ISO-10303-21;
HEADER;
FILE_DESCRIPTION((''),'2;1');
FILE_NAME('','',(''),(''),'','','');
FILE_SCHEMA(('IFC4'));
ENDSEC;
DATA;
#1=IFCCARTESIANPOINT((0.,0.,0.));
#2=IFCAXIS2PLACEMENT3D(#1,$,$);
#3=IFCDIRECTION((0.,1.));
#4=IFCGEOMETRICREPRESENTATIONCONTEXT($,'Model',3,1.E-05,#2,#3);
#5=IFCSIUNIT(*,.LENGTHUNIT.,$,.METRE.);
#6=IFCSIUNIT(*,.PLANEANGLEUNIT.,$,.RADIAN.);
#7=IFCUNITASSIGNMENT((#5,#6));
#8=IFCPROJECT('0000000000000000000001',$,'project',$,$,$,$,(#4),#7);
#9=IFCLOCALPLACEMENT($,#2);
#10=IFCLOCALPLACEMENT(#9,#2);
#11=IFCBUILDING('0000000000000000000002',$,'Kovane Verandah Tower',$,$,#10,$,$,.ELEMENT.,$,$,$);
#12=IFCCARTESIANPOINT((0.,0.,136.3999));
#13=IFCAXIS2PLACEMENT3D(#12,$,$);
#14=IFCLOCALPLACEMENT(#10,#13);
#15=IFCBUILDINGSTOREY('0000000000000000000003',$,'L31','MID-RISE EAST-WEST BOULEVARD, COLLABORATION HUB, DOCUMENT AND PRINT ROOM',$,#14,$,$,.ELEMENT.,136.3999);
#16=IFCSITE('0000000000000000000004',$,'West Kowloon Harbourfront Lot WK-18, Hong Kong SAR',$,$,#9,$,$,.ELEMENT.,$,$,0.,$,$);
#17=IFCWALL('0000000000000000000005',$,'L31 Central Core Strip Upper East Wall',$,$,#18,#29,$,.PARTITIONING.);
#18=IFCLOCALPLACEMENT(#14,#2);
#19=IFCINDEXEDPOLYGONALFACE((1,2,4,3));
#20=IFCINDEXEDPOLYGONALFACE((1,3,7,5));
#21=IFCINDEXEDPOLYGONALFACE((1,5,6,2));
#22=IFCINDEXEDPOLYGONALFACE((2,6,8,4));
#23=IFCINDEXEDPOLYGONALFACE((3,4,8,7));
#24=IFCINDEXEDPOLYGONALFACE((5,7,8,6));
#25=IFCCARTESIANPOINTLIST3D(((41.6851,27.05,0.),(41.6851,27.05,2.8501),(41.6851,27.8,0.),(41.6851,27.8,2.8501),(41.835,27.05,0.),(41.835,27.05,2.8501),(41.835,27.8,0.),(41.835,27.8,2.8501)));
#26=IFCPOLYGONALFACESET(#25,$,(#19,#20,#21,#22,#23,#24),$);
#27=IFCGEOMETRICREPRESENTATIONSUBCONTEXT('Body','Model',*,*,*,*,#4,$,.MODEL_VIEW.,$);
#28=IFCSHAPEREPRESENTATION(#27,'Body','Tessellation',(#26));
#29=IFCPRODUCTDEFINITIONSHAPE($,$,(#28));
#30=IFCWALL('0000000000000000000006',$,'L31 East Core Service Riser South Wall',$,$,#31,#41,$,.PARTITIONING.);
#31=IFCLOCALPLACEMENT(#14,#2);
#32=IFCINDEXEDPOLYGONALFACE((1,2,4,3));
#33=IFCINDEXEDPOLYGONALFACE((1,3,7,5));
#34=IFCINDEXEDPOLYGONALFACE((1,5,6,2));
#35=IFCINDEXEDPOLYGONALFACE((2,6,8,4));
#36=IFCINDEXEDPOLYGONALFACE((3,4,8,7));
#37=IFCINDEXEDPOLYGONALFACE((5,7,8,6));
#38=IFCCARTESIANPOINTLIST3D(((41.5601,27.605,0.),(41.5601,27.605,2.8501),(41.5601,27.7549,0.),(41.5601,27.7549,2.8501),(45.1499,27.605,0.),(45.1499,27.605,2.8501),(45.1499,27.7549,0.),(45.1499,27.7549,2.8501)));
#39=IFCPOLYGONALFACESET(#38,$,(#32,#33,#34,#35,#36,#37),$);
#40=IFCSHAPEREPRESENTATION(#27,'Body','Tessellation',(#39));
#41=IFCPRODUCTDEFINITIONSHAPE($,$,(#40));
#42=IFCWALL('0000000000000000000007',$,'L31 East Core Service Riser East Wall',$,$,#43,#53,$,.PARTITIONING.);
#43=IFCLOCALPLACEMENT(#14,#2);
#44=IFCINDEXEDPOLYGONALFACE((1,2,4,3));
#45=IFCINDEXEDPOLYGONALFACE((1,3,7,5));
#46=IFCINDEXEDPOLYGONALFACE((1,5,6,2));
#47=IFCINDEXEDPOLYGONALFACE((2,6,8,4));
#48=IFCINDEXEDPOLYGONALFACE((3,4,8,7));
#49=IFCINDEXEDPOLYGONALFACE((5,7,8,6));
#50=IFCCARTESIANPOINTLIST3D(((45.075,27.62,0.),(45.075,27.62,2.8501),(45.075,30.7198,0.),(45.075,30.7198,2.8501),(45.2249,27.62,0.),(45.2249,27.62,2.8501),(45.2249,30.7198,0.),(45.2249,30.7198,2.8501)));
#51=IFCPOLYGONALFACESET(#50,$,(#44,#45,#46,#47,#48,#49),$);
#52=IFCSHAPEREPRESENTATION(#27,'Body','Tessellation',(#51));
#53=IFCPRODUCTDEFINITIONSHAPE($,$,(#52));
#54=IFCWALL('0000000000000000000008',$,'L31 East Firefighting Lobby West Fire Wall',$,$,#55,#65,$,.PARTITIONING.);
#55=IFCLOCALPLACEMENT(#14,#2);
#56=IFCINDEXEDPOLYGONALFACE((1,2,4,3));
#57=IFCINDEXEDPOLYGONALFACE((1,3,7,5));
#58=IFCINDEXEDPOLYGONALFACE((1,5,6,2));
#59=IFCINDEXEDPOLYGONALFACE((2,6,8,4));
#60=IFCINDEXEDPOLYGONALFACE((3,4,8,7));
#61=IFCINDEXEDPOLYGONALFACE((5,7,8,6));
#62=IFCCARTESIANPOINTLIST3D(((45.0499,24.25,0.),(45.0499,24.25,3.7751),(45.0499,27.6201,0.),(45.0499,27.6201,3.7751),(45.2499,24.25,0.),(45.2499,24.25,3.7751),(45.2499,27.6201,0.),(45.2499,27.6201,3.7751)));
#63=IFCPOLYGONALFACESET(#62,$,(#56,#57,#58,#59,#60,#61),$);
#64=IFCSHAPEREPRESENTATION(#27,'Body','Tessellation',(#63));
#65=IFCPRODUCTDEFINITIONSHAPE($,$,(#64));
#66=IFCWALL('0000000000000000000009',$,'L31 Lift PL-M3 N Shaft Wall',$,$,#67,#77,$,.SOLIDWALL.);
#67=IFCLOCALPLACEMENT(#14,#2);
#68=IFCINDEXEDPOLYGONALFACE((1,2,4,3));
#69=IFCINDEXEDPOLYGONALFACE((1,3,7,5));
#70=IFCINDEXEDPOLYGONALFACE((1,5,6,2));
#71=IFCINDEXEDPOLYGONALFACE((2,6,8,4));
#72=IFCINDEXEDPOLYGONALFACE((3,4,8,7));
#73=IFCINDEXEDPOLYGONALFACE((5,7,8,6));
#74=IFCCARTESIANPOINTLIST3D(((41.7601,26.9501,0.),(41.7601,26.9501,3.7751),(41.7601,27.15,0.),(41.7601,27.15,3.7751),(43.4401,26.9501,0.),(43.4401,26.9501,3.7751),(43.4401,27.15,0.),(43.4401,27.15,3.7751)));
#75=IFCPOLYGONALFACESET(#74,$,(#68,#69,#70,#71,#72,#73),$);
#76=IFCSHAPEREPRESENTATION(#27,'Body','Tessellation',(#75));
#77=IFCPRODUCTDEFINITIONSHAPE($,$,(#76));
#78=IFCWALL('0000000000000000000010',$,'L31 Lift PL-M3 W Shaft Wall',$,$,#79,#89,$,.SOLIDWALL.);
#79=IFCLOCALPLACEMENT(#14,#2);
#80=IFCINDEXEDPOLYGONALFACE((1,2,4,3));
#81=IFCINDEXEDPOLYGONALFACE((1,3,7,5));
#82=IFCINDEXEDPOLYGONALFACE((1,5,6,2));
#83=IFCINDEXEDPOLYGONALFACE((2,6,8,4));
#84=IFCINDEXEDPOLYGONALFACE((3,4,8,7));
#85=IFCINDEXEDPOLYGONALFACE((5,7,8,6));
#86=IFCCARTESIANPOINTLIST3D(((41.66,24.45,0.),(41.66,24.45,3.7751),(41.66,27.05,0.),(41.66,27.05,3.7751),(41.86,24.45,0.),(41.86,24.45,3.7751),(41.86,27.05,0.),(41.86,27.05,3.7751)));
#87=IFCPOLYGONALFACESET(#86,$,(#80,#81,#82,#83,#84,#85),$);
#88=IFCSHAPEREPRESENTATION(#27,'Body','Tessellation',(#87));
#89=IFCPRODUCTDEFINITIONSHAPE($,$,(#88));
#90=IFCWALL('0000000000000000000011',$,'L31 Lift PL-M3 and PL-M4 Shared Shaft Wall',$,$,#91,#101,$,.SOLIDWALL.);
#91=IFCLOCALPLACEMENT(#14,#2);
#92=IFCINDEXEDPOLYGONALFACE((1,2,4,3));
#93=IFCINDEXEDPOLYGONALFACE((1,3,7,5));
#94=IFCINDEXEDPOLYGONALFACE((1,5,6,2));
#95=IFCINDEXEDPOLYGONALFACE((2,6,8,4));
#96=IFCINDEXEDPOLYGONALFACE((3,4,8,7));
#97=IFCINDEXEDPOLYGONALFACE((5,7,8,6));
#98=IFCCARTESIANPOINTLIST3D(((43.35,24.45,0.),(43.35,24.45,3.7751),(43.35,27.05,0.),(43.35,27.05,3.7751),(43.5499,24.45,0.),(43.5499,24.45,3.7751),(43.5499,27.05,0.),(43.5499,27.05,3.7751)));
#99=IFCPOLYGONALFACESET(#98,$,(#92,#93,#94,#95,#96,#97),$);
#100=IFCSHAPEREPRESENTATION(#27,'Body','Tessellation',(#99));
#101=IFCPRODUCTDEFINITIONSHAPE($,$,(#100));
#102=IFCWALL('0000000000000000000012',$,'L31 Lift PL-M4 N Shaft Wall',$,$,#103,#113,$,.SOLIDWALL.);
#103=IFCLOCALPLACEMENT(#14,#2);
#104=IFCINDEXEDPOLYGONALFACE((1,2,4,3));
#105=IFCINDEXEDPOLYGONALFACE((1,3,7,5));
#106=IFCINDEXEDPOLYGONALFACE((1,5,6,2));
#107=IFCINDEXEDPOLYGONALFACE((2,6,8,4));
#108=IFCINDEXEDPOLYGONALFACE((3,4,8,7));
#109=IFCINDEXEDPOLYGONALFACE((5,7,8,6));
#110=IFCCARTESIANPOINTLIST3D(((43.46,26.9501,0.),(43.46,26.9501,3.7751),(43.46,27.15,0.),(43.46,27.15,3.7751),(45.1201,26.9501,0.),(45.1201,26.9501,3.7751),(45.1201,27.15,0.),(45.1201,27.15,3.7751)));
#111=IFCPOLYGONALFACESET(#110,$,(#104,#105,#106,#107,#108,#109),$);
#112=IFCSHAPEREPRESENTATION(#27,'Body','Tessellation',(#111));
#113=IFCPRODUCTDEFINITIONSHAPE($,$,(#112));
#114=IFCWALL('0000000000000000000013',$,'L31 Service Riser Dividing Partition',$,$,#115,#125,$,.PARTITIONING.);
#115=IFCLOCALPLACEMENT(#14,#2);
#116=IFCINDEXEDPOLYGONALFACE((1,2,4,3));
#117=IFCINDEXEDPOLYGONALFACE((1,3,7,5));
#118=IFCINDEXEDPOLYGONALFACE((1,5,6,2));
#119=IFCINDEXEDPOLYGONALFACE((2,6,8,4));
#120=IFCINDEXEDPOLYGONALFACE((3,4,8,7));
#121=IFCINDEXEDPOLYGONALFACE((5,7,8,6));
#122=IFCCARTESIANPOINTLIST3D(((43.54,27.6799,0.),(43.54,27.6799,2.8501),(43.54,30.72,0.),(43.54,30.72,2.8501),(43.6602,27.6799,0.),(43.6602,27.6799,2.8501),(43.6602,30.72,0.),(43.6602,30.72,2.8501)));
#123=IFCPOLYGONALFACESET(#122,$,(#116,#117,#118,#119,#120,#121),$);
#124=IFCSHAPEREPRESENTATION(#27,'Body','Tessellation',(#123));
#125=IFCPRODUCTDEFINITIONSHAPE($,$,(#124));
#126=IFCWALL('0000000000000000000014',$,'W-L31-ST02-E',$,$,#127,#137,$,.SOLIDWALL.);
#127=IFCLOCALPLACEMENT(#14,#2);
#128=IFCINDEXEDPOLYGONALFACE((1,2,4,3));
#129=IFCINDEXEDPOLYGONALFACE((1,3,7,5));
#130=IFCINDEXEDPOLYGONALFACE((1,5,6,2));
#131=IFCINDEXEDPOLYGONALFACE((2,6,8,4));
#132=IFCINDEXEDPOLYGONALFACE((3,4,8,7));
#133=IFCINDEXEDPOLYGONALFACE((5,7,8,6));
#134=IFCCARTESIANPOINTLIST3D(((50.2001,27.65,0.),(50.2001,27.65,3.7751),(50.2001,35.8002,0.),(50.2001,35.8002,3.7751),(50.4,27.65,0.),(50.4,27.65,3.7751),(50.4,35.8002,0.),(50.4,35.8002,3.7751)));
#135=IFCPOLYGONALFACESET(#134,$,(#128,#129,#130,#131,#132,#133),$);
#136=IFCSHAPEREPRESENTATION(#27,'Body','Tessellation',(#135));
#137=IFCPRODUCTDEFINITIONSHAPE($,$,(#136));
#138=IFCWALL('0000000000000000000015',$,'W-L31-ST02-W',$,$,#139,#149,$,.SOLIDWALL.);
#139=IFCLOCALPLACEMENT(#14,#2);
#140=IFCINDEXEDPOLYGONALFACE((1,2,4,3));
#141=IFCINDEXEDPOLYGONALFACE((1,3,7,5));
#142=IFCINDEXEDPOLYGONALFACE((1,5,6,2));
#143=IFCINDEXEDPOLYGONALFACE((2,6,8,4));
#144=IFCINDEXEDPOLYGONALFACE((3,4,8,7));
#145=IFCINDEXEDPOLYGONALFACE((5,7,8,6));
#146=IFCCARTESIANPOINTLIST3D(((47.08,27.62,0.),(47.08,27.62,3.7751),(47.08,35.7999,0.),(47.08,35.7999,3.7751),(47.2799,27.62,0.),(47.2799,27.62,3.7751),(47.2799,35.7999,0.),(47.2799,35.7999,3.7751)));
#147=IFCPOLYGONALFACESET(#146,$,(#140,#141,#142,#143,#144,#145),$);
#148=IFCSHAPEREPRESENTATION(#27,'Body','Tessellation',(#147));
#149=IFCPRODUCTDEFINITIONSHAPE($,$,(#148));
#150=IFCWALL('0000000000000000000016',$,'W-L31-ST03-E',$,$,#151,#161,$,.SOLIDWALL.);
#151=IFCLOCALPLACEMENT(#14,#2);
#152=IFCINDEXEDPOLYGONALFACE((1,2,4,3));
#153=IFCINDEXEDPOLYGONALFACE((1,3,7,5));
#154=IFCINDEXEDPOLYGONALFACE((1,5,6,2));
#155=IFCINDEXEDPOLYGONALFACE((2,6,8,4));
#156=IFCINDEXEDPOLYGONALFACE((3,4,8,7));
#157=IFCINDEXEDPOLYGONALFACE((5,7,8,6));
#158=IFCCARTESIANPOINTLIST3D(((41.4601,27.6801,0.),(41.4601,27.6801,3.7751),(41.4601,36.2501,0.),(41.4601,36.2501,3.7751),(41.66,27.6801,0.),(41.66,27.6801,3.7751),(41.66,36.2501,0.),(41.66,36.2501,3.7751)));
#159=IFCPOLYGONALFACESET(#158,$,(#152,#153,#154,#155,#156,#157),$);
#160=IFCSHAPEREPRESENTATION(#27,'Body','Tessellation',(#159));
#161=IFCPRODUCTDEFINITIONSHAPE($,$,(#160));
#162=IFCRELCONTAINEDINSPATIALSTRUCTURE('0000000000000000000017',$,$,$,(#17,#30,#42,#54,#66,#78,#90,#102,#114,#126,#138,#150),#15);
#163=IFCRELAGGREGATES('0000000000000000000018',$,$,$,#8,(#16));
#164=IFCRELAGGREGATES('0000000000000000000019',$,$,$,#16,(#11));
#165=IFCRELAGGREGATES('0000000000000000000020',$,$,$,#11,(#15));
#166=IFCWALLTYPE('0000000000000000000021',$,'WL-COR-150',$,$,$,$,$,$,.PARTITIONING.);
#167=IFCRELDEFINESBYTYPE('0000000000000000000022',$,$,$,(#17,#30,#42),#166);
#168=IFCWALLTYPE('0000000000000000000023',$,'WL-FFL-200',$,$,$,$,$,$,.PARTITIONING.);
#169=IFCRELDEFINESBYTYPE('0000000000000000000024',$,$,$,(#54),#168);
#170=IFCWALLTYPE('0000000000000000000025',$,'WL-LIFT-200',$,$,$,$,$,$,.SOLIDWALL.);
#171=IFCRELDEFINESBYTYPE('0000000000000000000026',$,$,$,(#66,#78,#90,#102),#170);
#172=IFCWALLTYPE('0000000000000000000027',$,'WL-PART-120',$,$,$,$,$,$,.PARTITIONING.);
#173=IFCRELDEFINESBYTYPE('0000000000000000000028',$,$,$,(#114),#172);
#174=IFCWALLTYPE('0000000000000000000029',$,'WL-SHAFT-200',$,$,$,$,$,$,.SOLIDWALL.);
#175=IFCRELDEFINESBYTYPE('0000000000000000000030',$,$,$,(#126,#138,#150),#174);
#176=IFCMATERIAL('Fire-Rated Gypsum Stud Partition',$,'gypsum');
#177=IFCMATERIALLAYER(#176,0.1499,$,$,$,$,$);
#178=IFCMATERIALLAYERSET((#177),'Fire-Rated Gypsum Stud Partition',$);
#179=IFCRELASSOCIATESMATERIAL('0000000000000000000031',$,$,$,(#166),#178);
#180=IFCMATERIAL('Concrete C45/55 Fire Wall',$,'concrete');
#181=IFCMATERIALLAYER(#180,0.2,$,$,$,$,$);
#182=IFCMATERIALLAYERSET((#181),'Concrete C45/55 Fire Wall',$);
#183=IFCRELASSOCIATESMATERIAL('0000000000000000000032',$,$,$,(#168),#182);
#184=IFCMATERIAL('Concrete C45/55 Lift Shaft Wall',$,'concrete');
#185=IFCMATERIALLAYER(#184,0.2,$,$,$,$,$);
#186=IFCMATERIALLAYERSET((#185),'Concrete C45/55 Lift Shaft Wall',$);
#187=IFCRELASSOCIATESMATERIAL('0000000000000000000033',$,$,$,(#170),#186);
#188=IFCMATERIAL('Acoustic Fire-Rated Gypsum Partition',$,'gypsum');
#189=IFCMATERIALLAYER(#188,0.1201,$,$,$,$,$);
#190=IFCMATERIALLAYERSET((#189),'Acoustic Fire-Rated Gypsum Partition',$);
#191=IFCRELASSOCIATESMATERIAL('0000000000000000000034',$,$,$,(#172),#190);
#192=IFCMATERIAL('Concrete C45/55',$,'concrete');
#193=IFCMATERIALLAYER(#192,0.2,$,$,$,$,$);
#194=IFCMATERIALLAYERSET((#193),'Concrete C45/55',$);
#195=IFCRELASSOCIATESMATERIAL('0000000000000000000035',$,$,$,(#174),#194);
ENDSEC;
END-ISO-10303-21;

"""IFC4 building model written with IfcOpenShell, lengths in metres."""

from ifc_helpers import new_model, si_unit, direction, frame, frame_2d, origin, place, context, subcontext, project, spatial, rectangle, extrude, material, layer, layer_set, type_object, element, save


model = new_model("IFC4")

# Units and contexts
model_context = context("Model", 3, precision=1e-05, world=origin(), true_north=direction((0.0, 1.0)))
body_context = subcontext(model_context, "Body", "Model", "MODEL_VIEW")
ifc_project = project(units=[si_unit("LENGTHUNIT", "METRE"), si_unit("PLANEANGLEUNIT", "RADIAN")], contexts=[model_context])

# Site, building, storey
site_placement = place(None, origin())
site = spatial("IfcSite", under=ifc_project, at=site_placement, Name="West Kowloon Harbourfront Lot WK-18, Hong Kong SAR", CompositionType="ELEMENT", RefElevation=0.0)
building_placement = place(site_placement, origin())
building = spatial("IfcBuilding", under=site, at=building_placement, Name="Kovane Verandah Tower", CompositionType="ELEMENT")
storey_placement = place(building_placement, frame((0.0, 0.0, 136.3999)))
storey = spatial("IfcBuildingStorey", under=building, at=storey_placement, Name="L31", Description="MID-RISE EAST-WEST BOULEVARD, COLLABORATION HUB, DOCUMENT AND PRINT ROOM", CompositionType="ELEMENT", Elevation=136.3999)

# Wall
ifc_material_1 = material(Name="Fire-Rated Gypsum Stud Partition", Category="gypsum")
ifc_layer_1 = layer(ifc_material_1, 0.1499)
ifc_layer_set_1 = layer_set([ifc_layer_1], Name="Fire-Rated Gypsum Stud Partition")
wall_type_1 = type_object("IfcWallType", Name="WL-COR-150", PredefinedType="PARTITIONING", material=ifc_layer_set_1)
wall_1_placement = place(storey_placement, frame((41.76, 27.05, 0.0), z_axis=(0.0, 0.0, 1.0), x_axis=(0.0, 1.0, 0.0)))
element("IfcWall", 1, at=wall_1_placement, inside=storey, type_object=wall_type_1, Name="L31 Central Core Strip Upper East Wall", PredefinedType="PARTITIONING", context=body_context, shape_type="SweptSolid", body=[
    extrude(rectangle(XDim=0.75, YDim=0.1499, at=frame_2d((0.375, 0.0))), origin(), (0.0, 0.0, 1.0), 2.8501),
])

# Walls
wall_2_placement = place(storey_placement, frame((41.5601, 27.6799, 0.0), z_axis=(0.0, 0.0, 1.0), x_axis=(1.0, 0.0, 0.0)))
element("IfcWall", 2, at=wall_2_placement, inside=storey, type_object=wall_type_1, Name="L31 East Core Service Riser South Wall", PredefinedType="PARTITIONING", context=body_context, shape_type="SweptSolid", body=[
    extrude(rectangle(XDim=3.5898, YDim=0.1499, at=frame_2d((1.7949, 0.0))), origin(), (0.0, 0.0, 1.0), 2.8501),
])
wall_3_placement = place(storey_placement, frame((45.1499, 27.6201, 0.0), z_axis=(0.0, 0.0, 1.0), x_axis=(0.0, 1.0, 0.0)))
element("IfcWall", 3, at=wall_3_placement, inside=storey, type_object=wall_type_1, Name="L31 East Core Service Riser East Wall", PredefinedType="PARTITIONING", context=body_context, shape_type="SweptSolid", body=[
    extrude(rectangle(XDim=3.0999, YDim=0.1499, at=frame_2d((1.5498, 0.0))), origin(), (0.0, 0.0, 1.0), 2.8501),
])
ifc_material_2 = material(Name="Concrete C45/55 Fire Wall", Category="concrete")
ifc_layer_2 = layer(ifc_material_2, 0.2)
ifc_layer_set_2 = layer_set([ifc_layer_2], Name="Concrete C45/55 Fire Wall")
wall_type_2 = type_object("IfcWallType", Name="WL-FFL-200", PredefinedType="PARTITIONING", material=ifc_layer_set_2)
wall_4_placement = place(storey_placement, frame((45.1499, 24.25, 0.0), z_axis=(0.0, 0.0, 1.0), x_axis=(0.0, 1.0, 0.0)))
element("IfcWall", 4, at=wall_4_placement, inside=storey, type_object=wall_type_2, Name="L31 East Firefighting Lobby West Fire Wall", PredefinedType="PARTITIONING", context=body_context, shape_type="SweptSolid", body=[
    extrude(rectangle(XDim=3.3701, YDim=0.2, at=frame_2d((1.6851, 0.0))), origin(), (0.0, 0.0, 1.0), 3.7751),
])

# Shared definitions
ifc_material_3 = material(Name="Concrete C45/55 Lift Shaft Wall", Category="concrete")
ifc_layer_3 = layer(ifc_material_3, 0.2)
ifc_layer_set_3 = layer_set([ifc_layer_3], Name="Concrete C45/55 Lift Shaft Wall")
wall_type_3 = type_object("IfcWallType", Name="WL-LIFT-200", PredefinedType="SOLIDWALL", material=ifc_layer_set_3)

# Walls
wall_5_placement = place(storey_placement, frame((43.4399, 27.05, 0.0), z_axis=(0.0, 0.0, 1.0), x_axis=(-1.0, 0.0, 0.0)))
element("IfcWall", 5, at=wall_5_placement, inside=storey, type_object=wall_type_3, Name="L31 Lift PL-M3 N Shaft Wall", PredefinedType="SOLIDWALL", context=body_context, shape_type="SweptSolid", body=[
    extrude(rectangle(XDim=1.6799, YDim=0.2, at=frame_2d((0.8398, 0.0))), origin(), (0.0, 0.0, 1.0), 3.7751),
])
for number, where, z_axis, x_axis, name in (
    (6, (41.76, 27.05, 0.0), (0.0, 0.0, 1.0), (0.0, -1.0, 0.0), "L31 Lift PL-M3 W Shaft Wall"),
    (7, (43.45, 24.45, 0.0), (0.0, 0.0, 1.0), (0.0, 1.0, 0.0), "L31 Lift PL-M3 and PL-M4 Shared Shaft Wall"),
):
    element("IfcWall", number, at=place(storey_placement, frame(where, z_axis=z_axis, x_axis=x_axis)), inside=storey, type_object=wall_type_3, Name=name, PredefinedType="SOLIDWALL", context=body_context, shape_type="SweptSolid", body=[
        extrude(rectangle(XDim=2.6001, YDim=0.2, at=frame_2d((1.3, 0.0))), origin(), (0.0, 0.0, 1.0), 3.7751),
    ])

# Walls
wall_6_placement = place(storey_placement, frame((45.1201, 27.05, 0.0), z_axis=(0.0, 0.0, 1.0), x_axis=(-1.0, 0.0, 0.0)))
element("IfcWall", 8, at=wall_6_placement, inside=storey, type_object=wall_type_3, Name="L31 Lift PL-M4 N Shaft Wall", PredefinedType="SOLIDWALL", context=body_context, shape_type="SweptSolid", body=[
    extrude(rectangle(XDim=1.6602, YDim=0.2, at=frame_2d((0.8301, 0.0))), origin(), (0.0, 0.0, 1.0), 3.7751),
])
ifc_material_4 = material(Name="Acoustic Fire-Rated Gypsum Partition", Category="gypsum")
ifc_layer_4 = layer(ifc_material_4, 0.1201)
ifc_layer_set_4 = layer_set([ifc_layer_4], Name="Acoustic Fire-Rated Gypsum Partition")
wall_type_4 = type_object("IfcWallType", Name="WL-PART-120", PredefinedType="PARTITIONING", material=ifc_layer_set_4)
wall_7_placement = place(storey_placement, frame((43.6001, 27.6799, 0.0), z_axis=(0.0, 0.0, 1.0), x_axis=(0.0, 1.0, 0.0)))
element("IfcWall", 9, at=wall_7_placement, inside=storey, type_object=wall_type_4, Name="L31 Service Riser Dividing Partition", PredefinedType="PARTITIONING", context=body_context, shape_type="SweptSolid", body=[
    extrude(rectangle(XDim=3.04, YDim=0.1201, at=frame_2d((1.52, 0.0))), origin(), (0.0, 0.0, 1.0), 2.8501),
])
ifc_material_5 = material(Name="Concrete C45/55", Category="concrete")
ifc_layer_5 = layer(ifc_material_5, 0.2)
ifc_layer_set_5 = layer_set([ifc_layer_5], Name="Concrete C45/55")
wall_type_5 = type_object("IfcWallType", Name="WL-SHAFT-200", PredefinedType="SOLIDWALL", material=ifc_layer_set_5)
wall_8_placement = place(storey_placement, frame((50.3, 27.6499, 0.0), z_axis=(0.0, 0.0, 1.0), x_axis=(0.0, 1.0, 0.0)))
element("IfcWall", 10, at=wall_8_placement, inside=storey, type_object=wall_type_5, Name="W-L31-ST02-E", PredefinedType="SOLIDWALL", context=body_context, shape_type="SweptSolid", body=[
    extrude(rectangle(XDim=8.1501, YDim=0.2, at=frame_2d((4.0752, 0.0))), origin(), (0.0, 0.0, 1.0), 3.7751),
])
wall_9_placement = place(storey_placement, frame((47.1799, 27.6201, 0.0), z_axis=(0.0, 0.0, 1.0), x_axis=(0.0, 1.0, 0.0)))
element("IfcWall", 11, at=wall_9_placement, inside=storey, type_object=wall_type_5, Name="W-L31-ST02-W", PredefinedType="SOLIDWALL", context=body_context, shape_type="SweptSolid", body=[
    extrude(rectangle(XDim=8.1799, YDim=0.2, at=frame_2d((4.0898, 0.0))), origin(), (0.0, 0.0, 1.0), 3.7751),
])

# Wall
wall_10_placement = place(storey_placement, frame((41.5601, 27.6799, 0.0), z_axis=(0.0, 0.0, 1.0), x_axis=(0.0, 1.0, 0.0)))
element("IfcWall", 12, at=wall_10_placement, inside=storey, type_object=wall_type_5, Name="W-L31-ST03-E", PredefinedType="SOLIDWALL", context=body_context, shape_type="SweptSolid", body=[
    extrude(rectangle(XDim=8.5701, YDim=0.2, at=frame_2d((4.2852, 0.0))), origin(), (0.0, 0.0, 1.0), 3.7751),
])

save(model, "model.ifc")
